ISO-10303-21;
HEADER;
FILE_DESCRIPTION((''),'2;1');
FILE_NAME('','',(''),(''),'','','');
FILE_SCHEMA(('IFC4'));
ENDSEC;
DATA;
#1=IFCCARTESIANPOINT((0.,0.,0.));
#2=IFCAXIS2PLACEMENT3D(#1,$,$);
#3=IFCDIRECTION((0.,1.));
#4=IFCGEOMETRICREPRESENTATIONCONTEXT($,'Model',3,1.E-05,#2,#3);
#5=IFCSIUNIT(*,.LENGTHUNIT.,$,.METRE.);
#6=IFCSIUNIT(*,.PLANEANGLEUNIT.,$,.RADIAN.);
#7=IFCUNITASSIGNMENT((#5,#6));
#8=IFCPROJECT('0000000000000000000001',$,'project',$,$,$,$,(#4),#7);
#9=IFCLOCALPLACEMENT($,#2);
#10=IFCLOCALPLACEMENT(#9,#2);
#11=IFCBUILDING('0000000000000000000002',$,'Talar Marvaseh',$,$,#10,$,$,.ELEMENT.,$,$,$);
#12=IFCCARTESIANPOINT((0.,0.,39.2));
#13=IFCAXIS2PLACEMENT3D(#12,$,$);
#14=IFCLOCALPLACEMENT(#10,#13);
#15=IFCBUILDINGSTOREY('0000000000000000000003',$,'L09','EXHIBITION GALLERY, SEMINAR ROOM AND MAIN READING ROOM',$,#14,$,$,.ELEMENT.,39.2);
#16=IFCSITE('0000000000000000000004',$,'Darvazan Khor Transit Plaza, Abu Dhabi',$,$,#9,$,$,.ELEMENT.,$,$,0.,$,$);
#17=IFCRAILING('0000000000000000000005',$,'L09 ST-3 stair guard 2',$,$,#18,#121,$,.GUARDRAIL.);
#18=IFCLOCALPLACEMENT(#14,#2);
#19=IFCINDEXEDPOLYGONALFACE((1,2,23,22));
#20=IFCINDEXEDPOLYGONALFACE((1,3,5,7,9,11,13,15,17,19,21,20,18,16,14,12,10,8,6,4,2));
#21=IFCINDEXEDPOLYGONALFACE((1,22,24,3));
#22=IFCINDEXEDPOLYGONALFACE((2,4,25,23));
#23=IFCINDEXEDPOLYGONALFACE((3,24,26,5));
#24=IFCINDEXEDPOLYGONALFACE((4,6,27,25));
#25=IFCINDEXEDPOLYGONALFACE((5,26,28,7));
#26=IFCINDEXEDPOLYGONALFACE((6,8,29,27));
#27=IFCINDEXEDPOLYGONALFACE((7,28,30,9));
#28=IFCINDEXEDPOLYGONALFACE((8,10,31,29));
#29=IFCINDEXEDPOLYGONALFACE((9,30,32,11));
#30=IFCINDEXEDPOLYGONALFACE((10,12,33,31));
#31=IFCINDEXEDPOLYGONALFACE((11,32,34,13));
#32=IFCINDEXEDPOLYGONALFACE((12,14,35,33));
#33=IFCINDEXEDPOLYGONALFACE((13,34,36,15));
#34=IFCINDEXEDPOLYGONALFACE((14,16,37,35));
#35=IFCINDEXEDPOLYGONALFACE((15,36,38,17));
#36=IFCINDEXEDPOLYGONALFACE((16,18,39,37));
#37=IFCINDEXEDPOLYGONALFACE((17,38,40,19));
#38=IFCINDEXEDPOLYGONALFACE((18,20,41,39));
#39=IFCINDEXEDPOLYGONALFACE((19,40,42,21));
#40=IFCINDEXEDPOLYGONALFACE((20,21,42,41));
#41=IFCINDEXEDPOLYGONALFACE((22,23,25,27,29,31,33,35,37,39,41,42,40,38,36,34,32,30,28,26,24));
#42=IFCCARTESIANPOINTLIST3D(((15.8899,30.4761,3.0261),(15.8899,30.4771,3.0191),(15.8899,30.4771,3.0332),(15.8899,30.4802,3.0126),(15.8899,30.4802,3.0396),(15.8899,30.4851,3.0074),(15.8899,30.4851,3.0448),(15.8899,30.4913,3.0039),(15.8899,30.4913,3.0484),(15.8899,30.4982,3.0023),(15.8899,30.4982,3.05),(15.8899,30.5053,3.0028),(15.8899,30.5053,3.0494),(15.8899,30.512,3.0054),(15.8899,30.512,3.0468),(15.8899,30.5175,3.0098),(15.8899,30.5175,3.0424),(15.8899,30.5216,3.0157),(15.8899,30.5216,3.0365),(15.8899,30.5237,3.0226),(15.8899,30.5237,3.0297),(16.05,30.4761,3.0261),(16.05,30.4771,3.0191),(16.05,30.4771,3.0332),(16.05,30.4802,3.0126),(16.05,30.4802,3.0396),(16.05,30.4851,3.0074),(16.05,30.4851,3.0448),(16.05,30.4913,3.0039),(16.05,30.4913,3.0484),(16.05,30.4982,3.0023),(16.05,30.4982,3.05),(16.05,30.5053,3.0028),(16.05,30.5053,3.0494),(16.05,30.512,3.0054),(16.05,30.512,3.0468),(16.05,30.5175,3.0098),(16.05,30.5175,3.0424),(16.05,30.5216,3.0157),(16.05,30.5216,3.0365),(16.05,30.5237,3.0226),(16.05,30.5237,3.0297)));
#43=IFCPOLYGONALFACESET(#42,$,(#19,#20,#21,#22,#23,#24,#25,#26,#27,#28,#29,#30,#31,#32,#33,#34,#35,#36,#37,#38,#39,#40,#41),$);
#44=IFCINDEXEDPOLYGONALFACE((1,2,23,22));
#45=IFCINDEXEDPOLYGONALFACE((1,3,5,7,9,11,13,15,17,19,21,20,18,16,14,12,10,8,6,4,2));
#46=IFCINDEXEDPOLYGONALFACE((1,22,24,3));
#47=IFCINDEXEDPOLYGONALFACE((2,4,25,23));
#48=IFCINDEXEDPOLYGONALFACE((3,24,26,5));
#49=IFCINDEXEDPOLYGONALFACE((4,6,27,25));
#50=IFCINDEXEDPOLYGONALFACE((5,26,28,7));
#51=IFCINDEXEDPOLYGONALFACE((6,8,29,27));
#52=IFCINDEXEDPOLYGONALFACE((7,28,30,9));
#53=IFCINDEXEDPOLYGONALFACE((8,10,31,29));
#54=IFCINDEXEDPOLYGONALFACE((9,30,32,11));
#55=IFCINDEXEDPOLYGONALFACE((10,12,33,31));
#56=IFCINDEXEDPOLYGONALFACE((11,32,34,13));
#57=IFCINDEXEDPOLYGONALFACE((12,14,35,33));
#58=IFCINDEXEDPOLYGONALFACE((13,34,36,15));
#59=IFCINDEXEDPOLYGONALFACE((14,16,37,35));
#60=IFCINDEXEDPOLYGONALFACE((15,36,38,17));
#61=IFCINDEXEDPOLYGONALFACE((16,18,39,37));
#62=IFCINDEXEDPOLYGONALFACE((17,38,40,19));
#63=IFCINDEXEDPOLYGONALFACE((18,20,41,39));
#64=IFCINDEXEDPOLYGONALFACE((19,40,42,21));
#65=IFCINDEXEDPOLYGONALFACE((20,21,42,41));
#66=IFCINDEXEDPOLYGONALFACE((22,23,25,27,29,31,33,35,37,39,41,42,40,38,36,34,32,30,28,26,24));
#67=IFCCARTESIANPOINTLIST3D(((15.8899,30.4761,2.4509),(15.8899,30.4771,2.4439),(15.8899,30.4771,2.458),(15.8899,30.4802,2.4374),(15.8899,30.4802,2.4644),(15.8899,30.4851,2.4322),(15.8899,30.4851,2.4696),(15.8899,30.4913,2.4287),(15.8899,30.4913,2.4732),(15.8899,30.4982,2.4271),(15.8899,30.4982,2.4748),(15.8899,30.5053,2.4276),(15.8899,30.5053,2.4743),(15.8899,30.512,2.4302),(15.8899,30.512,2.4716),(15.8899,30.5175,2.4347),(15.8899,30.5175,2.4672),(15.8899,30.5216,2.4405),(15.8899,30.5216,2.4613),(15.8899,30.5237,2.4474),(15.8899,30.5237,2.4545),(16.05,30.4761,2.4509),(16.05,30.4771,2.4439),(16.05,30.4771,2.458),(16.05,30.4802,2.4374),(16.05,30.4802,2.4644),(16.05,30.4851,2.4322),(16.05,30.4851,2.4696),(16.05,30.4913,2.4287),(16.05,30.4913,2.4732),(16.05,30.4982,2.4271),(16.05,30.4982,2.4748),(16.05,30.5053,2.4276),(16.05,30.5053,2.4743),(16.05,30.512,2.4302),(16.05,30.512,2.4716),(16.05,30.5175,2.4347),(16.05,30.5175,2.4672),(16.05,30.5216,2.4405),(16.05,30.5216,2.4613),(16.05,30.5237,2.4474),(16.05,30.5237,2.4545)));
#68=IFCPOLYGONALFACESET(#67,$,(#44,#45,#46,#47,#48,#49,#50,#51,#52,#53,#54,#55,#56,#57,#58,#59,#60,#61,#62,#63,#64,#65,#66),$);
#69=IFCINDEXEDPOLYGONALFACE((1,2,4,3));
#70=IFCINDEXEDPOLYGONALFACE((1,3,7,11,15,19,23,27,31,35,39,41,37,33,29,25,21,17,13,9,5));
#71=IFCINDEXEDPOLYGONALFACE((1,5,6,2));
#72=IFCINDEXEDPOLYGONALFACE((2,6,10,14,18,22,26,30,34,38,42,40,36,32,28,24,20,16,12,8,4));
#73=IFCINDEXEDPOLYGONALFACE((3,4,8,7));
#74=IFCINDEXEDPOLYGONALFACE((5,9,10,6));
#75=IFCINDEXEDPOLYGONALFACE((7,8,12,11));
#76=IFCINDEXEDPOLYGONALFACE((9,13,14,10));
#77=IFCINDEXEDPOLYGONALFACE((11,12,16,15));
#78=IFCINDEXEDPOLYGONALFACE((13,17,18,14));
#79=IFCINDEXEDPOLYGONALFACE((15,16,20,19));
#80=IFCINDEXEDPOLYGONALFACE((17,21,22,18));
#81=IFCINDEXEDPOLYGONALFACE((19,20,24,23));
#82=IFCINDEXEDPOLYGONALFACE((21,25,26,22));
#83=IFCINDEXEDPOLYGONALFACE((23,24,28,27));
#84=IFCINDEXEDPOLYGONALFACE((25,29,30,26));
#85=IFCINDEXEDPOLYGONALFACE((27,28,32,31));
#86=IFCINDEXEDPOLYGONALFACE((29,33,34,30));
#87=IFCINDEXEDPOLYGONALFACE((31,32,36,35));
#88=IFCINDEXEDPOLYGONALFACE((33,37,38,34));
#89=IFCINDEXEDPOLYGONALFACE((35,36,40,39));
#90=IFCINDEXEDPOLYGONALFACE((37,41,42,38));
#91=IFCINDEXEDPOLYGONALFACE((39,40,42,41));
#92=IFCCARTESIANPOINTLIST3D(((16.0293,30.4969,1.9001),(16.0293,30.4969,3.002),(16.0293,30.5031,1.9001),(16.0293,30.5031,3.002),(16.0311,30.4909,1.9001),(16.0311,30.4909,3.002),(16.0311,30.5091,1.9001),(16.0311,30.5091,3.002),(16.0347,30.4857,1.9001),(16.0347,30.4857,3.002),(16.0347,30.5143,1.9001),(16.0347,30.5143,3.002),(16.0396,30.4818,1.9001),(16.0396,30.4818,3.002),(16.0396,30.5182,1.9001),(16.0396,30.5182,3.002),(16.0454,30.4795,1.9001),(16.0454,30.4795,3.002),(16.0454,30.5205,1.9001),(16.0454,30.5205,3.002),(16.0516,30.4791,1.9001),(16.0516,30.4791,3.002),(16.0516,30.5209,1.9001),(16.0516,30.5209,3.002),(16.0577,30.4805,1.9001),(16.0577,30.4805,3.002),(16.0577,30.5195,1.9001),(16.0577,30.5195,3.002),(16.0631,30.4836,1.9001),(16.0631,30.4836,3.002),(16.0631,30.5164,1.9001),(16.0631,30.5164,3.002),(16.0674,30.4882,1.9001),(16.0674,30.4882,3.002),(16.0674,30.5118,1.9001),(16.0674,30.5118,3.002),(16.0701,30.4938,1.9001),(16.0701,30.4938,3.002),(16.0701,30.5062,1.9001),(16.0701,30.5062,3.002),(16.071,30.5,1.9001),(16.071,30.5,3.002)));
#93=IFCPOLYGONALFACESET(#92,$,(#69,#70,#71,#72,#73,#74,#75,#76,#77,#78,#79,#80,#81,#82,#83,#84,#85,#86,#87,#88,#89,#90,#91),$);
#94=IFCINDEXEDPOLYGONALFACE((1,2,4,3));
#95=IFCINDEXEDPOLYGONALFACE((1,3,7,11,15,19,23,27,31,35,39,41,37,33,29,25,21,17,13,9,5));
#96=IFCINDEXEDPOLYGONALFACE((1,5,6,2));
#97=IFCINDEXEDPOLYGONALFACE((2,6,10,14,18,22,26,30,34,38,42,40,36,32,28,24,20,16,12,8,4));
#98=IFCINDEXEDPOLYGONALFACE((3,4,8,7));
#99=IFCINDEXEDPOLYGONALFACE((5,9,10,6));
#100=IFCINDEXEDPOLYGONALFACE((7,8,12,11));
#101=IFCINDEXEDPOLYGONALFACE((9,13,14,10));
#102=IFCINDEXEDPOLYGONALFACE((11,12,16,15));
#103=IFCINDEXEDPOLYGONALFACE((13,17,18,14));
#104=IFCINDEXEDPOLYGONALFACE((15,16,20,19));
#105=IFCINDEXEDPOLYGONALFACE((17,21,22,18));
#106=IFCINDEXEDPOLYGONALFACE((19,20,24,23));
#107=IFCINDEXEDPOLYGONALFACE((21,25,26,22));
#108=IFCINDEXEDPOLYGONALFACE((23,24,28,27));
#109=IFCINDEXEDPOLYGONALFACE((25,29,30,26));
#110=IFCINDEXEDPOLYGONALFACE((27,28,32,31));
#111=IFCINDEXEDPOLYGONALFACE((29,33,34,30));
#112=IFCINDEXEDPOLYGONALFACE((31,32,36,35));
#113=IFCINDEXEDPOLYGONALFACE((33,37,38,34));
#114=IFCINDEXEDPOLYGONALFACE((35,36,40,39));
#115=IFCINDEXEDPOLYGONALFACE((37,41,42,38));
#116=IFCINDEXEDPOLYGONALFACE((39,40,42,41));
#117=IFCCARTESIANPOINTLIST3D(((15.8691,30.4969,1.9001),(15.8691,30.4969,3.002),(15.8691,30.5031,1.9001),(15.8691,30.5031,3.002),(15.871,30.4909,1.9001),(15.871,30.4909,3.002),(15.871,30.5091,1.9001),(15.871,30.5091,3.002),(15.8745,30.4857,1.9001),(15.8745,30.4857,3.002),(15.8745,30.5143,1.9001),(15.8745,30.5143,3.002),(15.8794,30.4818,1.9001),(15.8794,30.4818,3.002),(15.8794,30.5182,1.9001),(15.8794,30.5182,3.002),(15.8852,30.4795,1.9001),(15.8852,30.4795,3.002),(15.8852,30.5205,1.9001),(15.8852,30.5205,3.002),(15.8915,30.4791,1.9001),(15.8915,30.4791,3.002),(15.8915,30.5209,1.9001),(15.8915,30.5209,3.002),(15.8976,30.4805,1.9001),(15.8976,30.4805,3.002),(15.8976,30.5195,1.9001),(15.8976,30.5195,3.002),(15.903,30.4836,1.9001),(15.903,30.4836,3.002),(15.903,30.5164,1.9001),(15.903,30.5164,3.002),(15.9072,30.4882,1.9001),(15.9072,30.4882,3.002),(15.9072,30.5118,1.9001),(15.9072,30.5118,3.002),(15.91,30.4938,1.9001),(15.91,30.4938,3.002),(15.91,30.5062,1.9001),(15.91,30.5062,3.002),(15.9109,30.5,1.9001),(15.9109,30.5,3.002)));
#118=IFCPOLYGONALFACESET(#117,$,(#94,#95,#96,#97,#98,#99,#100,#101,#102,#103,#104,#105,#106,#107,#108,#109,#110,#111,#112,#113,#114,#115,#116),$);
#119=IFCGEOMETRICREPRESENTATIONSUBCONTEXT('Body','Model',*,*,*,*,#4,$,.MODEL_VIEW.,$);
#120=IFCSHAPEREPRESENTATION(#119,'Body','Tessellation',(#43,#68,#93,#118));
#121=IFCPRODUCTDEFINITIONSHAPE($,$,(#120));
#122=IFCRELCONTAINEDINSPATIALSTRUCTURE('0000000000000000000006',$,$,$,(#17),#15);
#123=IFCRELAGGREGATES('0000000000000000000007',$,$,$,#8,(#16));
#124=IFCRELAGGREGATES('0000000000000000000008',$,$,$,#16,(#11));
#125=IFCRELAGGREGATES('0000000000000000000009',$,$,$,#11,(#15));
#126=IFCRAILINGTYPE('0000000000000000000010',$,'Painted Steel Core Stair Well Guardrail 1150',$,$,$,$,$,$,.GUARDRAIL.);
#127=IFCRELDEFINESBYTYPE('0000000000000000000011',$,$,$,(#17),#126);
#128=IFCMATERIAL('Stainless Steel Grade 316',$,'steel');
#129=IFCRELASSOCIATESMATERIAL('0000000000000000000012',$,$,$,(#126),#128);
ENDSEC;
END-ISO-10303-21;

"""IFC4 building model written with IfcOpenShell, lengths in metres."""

from ifc_helpers import new_model, si_unit, direction, frame, origin, origin_2d, place, context, subcontext, project, spatial, circle, extrude, material, type_object, element, save


model = new_model("IFC4")

# Units and contexts
model_context = context("Model", 3, precision=1e-05, world=origin(), true_north=direction((0.0, 1.0)))
body_context = subcontext(model_context, "Body", "Model", "MODEL_VIEW")
ifc_project = project(units=[si_unit("LENGTHUNIT", "METRE"), si_unit("PLANEANGLEUNIT", "RADIAN")], contexts=[model_context])

# Site, building, storey
site_placement = place(None, origin())
site = spatial("IfcSite", under=ifc_project, at=site_placement, Name="Darvazan Khor Transit Plaza, Abu Dhabi", CompositionType="ELEMENT", RefElevation=0.0)
building_placement = place(site_placement, origin())
building = spatial("IfcBuilding", under=site, at=building_placement, Name="Talar Marvaseh", CompositionType="ELEMENT")
storey_placement = place(building_placement, frame((0.0, 0.0, 39.2)))
storey = spatial("IfcBuildingStorey", under=building, at=storey_placement, Name="L09", Description="EXHIBITION GALLERY, SEMINAR ROOM AND MAIN READING ROOM", CompositionType="ELEMENT", Elevation=39.2)

# Railing
ifc_material_1 = material(Name="Stainless Steel Grade 316", Category="steel")
railing_type_1 = type_object("IfcRailingType", Name="Painted Steel Core Stair Well Guardrail 1150", PredefinedType="GUARDRAIL", material=ifc_material_1)
railing_1_placement = place(storey_placement, frame((16.05, 30.5, 1.9001)))
element("IfcRailing", 1, at=railing_1_placement, inside=storey, type_object=railing_type_1, Name="L09 ST-3 stair guard 2", PredefinedType="GUARDRAIL", context=body_context, shape_type="SweptSolid", body=[
    extrude(circle(Radius=0.0239, at=origin_2d()), frame((0.0, 0.0, 1.126), z_axis=(-1.0, 0.0, 0.0), x_axis=(0.0, -1.0, 0.0)), (0.0, 0.0, 1.0), 0.1602),
    extrude(circle(Radius=0.0239, at=origin_2d()), frame((0.0, 0.0, 0.5508), z_axis=(-1.0, 0.0, 0.0), x_axis=(0.0, -1.0, 0.0)), (0.0, 0.0, 1.0), 0.1602),
    extrude(circle(Radius=0.021, at=origin_2d()), origin(), (0.0, 0.0, 1.0), 1.1018),
    extrude(circle(Radius=0.021, at=origin_2d()), frame((-0.1602, 0.0, 0.0)), (0.0, 0.0, 1.0), 1.1018),
])

save(model, "model.ifc")
